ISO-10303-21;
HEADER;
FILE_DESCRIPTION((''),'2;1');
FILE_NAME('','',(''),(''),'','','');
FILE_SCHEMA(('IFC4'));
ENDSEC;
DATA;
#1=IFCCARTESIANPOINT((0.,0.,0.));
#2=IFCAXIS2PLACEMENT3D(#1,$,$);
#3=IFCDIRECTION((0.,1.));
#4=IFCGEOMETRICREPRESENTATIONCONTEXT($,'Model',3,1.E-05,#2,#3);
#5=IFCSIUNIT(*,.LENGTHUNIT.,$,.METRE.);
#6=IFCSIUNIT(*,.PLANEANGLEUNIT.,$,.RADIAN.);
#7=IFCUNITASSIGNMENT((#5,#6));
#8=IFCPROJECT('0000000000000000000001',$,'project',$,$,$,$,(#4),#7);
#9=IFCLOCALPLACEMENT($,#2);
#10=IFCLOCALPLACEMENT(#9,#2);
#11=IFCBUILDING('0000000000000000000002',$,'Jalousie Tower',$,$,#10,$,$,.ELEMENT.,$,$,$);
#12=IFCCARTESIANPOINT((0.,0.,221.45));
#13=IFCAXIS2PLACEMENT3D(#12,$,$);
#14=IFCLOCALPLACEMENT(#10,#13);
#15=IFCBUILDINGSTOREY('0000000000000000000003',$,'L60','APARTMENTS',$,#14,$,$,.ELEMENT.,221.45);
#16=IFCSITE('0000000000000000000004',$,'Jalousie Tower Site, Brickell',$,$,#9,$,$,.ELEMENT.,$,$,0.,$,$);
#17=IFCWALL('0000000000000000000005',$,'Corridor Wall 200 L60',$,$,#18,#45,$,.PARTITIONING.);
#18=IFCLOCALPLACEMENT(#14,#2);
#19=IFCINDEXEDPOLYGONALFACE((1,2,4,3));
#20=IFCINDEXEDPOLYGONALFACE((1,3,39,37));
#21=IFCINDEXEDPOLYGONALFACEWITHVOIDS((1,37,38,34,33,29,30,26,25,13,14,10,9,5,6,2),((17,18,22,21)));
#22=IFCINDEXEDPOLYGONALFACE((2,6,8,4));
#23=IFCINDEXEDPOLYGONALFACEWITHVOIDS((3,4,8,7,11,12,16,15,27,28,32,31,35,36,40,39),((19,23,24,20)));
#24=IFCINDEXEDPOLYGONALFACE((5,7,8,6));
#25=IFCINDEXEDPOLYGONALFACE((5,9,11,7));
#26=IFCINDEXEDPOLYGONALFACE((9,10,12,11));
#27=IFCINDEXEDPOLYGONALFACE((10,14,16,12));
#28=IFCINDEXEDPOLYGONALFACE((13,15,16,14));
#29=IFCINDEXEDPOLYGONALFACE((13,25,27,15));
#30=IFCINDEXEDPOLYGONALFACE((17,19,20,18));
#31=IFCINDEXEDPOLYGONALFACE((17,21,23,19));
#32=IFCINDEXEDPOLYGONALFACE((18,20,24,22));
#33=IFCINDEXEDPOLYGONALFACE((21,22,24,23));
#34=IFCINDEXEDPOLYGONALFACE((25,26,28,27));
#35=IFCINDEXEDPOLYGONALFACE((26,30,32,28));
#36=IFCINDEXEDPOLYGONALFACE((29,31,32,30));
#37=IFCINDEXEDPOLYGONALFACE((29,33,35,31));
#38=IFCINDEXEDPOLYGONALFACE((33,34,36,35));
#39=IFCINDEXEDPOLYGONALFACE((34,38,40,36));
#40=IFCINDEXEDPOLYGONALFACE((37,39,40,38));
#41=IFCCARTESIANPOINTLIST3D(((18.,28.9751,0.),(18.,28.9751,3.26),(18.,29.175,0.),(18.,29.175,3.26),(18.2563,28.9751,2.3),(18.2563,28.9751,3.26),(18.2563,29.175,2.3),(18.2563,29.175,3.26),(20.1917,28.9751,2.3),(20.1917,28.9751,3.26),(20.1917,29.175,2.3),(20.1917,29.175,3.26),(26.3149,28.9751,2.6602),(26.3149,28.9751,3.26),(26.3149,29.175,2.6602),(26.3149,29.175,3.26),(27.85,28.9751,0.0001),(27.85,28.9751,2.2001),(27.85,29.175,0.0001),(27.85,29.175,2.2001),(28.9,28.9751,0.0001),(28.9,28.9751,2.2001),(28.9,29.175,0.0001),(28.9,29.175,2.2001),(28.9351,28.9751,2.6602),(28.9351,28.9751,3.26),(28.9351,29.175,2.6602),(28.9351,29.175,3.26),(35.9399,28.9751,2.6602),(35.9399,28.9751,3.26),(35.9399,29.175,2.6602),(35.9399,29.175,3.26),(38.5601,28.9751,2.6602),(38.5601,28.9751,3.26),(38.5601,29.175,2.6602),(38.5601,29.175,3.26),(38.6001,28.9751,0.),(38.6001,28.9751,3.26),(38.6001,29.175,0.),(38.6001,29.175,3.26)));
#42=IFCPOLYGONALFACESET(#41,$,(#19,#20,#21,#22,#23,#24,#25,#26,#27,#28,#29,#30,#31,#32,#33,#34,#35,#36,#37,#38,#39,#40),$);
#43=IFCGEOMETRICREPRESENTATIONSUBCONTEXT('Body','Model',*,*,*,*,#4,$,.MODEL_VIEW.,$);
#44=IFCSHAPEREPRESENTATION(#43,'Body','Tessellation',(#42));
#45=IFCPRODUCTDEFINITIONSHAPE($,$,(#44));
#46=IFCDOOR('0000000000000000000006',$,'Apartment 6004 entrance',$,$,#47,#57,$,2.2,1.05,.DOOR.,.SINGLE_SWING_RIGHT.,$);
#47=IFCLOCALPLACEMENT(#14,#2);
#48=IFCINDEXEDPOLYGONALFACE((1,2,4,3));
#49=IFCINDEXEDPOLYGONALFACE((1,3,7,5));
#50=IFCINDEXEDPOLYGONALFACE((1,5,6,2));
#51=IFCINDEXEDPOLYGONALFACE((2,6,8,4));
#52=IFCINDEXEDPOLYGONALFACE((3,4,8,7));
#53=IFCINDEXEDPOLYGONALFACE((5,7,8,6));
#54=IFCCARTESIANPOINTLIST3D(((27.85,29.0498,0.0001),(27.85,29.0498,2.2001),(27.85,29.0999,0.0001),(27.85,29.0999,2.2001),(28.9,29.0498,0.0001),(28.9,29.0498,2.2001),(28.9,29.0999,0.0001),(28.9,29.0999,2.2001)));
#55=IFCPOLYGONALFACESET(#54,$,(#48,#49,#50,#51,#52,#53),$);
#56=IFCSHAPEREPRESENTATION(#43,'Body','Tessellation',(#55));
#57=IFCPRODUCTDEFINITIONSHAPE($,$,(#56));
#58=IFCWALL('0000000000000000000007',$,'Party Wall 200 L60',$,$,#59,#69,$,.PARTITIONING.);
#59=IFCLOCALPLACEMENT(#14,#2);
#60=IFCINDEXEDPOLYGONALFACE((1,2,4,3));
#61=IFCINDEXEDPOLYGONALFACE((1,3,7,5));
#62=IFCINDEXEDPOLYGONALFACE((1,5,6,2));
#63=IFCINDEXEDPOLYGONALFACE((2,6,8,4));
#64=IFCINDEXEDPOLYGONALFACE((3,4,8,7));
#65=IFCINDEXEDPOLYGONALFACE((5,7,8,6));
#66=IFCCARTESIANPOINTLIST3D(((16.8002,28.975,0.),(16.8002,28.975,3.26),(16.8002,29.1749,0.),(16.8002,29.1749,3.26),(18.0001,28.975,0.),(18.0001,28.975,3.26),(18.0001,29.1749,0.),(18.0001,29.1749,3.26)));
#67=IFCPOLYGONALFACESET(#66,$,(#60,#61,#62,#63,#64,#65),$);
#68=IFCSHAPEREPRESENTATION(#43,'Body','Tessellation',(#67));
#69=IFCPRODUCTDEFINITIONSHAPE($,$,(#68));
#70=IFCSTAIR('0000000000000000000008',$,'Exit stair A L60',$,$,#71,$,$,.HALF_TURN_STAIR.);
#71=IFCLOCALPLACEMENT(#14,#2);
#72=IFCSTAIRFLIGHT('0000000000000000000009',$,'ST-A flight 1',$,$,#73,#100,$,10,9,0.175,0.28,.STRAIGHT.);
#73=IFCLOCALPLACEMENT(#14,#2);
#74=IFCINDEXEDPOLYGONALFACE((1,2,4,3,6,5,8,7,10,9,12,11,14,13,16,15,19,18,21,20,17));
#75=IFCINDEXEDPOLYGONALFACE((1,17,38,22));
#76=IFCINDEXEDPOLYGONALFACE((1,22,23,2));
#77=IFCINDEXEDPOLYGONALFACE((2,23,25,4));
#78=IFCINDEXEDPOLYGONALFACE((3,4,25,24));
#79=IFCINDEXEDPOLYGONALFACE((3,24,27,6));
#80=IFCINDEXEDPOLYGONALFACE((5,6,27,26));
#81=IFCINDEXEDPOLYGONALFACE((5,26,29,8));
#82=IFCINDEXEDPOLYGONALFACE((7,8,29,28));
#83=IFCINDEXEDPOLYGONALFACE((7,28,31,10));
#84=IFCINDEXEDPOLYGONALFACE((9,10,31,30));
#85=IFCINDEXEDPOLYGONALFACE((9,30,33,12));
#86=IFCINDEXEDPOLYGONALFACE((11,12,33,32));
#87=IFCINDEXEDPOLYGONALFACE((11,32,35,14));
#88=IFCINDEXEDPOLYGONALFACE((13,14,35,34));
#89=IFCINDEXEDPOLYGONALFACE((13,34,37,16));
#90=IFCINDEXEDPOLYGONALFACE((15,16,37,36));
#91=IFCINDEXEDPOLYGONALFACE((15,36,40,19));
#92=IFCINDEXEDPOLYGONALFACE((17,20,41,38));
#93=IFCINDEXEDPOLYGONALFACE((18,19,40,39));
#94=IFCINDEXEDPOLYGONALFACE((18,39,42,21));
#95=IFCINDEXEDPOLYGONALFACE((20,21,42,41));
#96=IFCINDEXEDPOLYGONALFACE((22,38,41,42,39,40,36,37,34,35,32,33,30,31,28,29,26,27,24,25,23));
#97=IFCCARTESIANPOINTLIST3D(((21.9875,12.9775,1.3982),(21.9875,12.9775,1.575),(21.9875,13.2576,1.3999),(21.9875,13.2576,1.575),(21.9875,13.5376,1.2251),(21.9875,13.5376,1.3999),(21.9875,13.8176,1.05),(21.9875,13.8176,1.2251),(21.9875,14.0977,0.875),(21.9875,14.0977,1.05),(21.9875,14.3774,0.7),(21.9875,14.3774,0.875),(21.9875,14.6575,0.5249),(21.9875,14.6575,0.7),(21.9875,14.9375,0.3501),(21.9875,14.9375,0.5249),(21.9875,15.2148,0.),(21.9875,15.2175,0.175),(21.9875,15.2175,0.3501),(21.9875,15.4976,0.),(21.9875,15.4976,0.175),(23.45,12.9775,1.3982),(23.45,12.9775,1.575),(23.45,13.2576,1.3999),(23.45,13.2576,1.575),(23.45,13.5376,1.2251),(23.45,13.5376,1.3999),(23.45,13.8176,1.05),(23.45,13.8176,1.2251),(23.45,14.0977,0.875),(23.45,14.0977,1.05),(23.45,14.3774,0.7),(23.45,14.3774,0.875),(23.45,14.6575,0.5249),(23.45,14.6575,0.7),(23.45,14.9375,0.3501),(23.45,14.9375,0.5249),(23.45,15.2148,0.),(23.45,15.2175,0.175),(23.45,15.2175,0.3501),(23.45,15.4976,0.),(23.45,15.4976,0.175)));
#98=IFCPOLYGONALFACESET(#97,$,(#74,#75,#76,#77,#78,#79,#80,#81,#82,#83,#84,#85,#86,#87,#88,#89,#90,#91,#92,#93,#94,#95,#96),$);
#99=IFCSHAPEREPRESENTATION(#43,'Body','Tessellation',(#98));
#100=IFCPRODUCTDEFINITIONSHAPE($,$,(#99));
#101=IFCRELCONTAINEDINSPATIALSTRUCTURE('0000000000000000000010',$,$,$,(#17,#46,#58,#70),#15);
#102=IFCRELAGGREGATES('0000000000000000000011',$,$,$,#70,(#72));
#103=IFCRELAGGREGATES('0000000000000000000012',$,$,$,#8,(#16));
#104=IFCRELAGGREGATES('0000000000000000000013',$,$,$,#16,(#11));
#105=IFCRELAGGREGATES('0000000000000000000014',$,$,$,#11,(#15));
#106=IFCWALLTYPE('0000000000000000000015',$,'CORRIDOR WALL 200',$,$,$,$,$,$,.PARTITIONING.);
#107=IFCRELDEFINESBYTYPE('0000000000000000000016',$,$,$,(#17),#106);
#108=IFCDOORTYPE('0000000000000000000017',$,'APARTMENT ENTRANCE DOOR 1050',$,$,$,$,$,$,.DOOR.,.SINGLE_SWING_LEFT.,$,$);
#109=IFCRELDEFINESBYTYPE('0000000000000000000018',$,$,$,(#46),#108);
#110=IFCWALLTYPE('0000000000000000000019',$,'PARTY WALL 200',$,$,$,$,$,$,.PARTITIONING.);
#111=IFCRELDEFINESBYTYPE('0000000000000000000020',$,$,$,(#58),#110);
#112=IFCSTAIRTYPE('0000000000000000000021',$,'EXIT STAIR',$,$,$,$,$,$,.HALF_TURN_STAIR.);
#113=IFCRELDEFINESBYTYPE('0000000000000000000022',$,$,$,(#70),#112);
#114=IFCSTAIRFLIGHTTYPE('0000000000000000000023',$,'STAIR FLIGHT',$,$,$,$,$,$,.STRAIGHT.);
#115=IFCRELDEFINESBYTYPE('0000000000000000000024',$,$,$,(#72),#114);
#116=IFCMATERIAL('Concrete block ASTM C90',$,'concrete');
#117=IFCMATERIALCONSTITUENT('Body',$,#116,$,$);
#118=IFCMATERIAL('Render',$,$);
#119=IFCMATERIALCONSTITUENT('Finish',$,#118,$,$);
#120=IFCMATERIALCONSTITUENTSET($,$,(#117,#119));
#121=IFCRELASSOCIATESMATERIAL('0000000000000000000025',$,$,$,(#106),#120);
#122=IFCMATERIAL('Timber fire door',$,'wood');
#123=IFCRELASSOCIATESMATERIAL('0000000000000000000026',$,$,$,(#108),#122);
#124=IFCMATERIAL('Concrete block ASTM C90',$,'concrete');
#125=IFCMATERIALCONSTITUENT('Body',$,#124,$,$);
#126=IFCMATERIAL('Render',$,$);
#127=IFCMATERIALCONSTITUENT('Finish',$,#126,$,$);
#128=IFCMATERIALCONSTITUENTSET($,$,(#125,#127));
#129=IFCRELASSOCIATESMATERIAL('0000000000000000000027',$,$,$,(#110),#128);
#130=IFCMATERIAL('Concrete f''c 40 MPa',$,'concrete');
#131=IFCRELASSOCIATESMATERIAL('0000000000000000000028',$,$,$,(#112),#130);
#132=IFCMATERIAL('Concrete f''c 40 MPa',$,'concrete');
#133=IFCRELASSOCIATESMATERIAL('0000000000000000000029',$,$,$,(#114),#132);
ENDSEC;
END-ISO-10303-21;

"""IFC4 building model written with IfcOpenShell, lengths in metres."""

from ifc_helpers import new_model, si_unit, direction, frame, frame_2d, origin, place, context, subcontext, project, spatial, polyline, rectangle, outline, extrude, material, constituent, constituent_set, type_object, element, fill, aggregate, save


model = new_model("IFC4")

# Units and contexts
model_context = context("Model", 3, precision=1e-05, world=origin(), true_north=direction((0.0, 1.0)))
body_context = subcontext(model_context, "Body", "Model", "MODEL_VIEW")
ifc_project = project(units=[si_unit("LENGTHUNIT", "METRE"), si_unit("PLANEANGLEUNIT", "RADIAN")], contexts=[model_context])

# Site, building, storey
site_placement = place(None, origin())
site = spatial("IfcSite", under=ifc_project, at=site_placement, Name="Jalousie Tower Site, Brickell", CompositionType="ELEMENT", RefElevation=0.0)
building_placement = place(site_placement, origin())
building = spatial("IfcBuilding", under=site, at=building_placement, Name="Jalousie Tower", CompositionType="ELEMENT")
storey_placement = place(building_placement, frame((0.0, 0.0, 221.45)))
storey = spatial("IfcBuildingStorey", under=building, at=storey_placement, Name="L60", Description="APARTMENTS", CompositionType="ELEMENT", Elevation=221.45)

# Wall, opening, door
ifc_material_1 = material(Name="Concrete block ASTM C90", Category="concrete")
ifc_constituent_1 = constituent(ifc_material_1, Name="Body")
ifc_material_2 = material(Name="Render")
ifc_constituent_2 = constituent(ifc_material_2, Name="Finish")
ifc_constituent_set_1 = constituent_set(constituents=[ifc_constituent_1, ifc_constituent_2])
wall_type_1 = type_object("IfcWallType", Name="CORRIDOR WALL 200", PredefinedType="PARTITIONING", material=ifc_constituent_set_1)
wall_1_placement = place(storey_placement, frame((18.0, 29.075, 0.0), z_axis=(0.0, 0.0, 1.0), x_axis=(1.0, 0.0, 0.0)))
wall_1 = element("IfcWall", 1, at=wall_1_placement, inside=storey, type_object=wall_type_1, Name="Corridor Wall 200 L60", PredefinedType="PARTITIONING", context=body_context, shape_type="SweptSolid", body=[
    extrude(outline(polyline([(0.0, 0.0), (20.6001, 0.0), (20.6001, 3.26), (20.5601, 3.26), (20.5601, 2.6602), (17.9399, 2.6602), (17.9399, 3.26), (10.9351, 3.26), (10.9351, 2.6602), (8.3149, 2.6602), (8.3149, 3.26), (2.1917, 3.26), (2.1917, 2.3), (0.2563, 2.3), (0.2563, 3.26), (0.0, 3.26), (0.0, 0.0)])), frame((0.0, 0.1001, 0.0), z_axis=(0.0, -1.0, 0.0), x_axis=(1.0, 0.0, 0.0)), (0.0, 0.0, 1.0), 0.2),
])
opening_1_placement = place(wall_1_placement, frame((9.8501, 0.0, 0.0)))
opening_1 = element("IfcOpeningElement", 2, at=opening_1_placement, cuts=wall_1, PredefinedType="OPENING", context=body_context, shape_type="SweptSolid", body=[
    extrude(rectangle(XDim=1.05, YDim=2.2, at=frame_2d((0.5249, 1.1001))), frame((0.0, 0.1099, 0.0), z_axis=(0.0, -1.0, 0.0), x_axis=(1.0, 0.0, 0.0)), (0.0, 0.0, 1.0), 0.22),
])
ifc_material_3 = material(Name="Timber fire door", Category="wood")
door_type_1 = type_object("IfcDoorType", Name="APARTMENT ENTRANCE DOOR 1050", OperationType="SINGLE_SWING_LEFT", PredefinedType="DOOR", material=ifc_material_3)
door_1_placement = place(opening_1_placement, origin())
door_1 = element("IfcDoor", 3, at=door_1_placement, inside=storey, type_object=door_type_1, Name="Apartment 6004 entrance", OperationType="SINGLE_SWING_RIGHT", OverallHeight=2.2, OverallWidth=1.05, PredefinedType="DOOR", context=body_context, shape_type="SweptSolid", body=[
    extrude(rectangle(XDim=1.05, YDim=2.2, at=frame_2d((0.5249, 1.1001))), frame((0.0, 0.0249, 0.0), z_axis=(0.0, -1.0, 0.0), x_axis=(1.0, 0.0, 0.0)), (0.0, 0.0, 1.0), 0.05),
])
fill(opening_1, door_1)

# Wall
ifc_material_4 = material(Name="Concrete block ASTM C90", Category="concrete")
ifc_constituent_3 = constituent(ifc_material_4, Name="Body")
ifc_material_5 = material(Name="Render")
ifc_constituent_4 = constituent(ifc_material_5, Name="Finish")
ifc_constituent_set_2 = constituent_set(constituents=[ifc_constituent_3, ifc_constituent_4])
wall_type_2 = type_object("IfcWallType", Name="PARTY WALL 200", PredefinedType="PARTITIONING", material=ifc_constituent_set_2)
wall_2_placement = place(storey_placement, frame((16.8, 29.075, 0.0), z_axis=(0.0, 0.0, 1.0), x_axis=(1.0, 0.0, 0.0)))
element("IfcWall", 4, at=wall_2_placement, inside=storey, type_object=wall_type_2, Name="Party Wall 200 L60", PredefinedType="PARTITIONING", context=body_context, shape_type="SweptSolid", body=[
    extrude(rectangle(XDim=1.2, YDim=0.2, at=frame_2d((0.6001, 0.0))), origin(), (0.0, 0.0, 1.0), 3.26),
])

# Stair, stair flight
ifc_material_6 = material(Name="Concrete f'c 40 MPa", Category="concrete")
stair_type = type_object("IfcStairType", Name="EXIT STAIR", PredefinedType="HALF_TURN_STAIR", material=ifc_material_6)
stair_placement = place(storey_placement, origin())
stair = element("IfcStair", 5, at=stair_placement, inside=storey, type_object=stair_type, Name="Exit stair A L60", PredefinedType="HALF_TURN_STAIR")
ifc_material_7 = material(Name="Concrete f'c 40 MPa", Category="concrete")
stair_flight_type = type_object("IfcStairFlightType", Name="STAIR FLIGHT", PredefinedType="STRAIGHT", material=ifc_material_7)
stair_flight_placement = place(storey_placement, frame((22.7188, 15.4976, 0.0), z_axis=(0.0, 0.0, 1.0), x_axis=(0.0, -1.0, 0.0)))
stair_flight = element("IfcStairFlight", 6, at=stair_flight_placement, type_object=stair_flight_type, Name="ST-A flight 1", NumberOfRisers=10, NumberOfTreads=9, PredefinedType="STRAIGHT", RiserHeight=0.175, TreadLength=0.28, context=body_context, shape_type="SweptSolid", body=[
    extrude(outline(polyline([(0.0, 0.0), (0.0, 0.175), (0.28, 0.175), (0.28, 0.3501), (0.5601, 0.3501), (0.5601, 0.5249), (0.8401, 0.5249), (0.8401, 0.7), (1.1201, 0.7), (1.1201, 0.875), (1.3999, 0.875), (1.3999, 1.05), (1.6799, 1.05), (1.6799, 1.2251), (1.96, 1.2251), (1.96, 1.3999), (2.24, 1.3999), (2.24, 1.575), (2.52, 1.575), (2.52, 1.75), (2.52, 1.3982), (0.2827, 0.0), (0.0, 0.0)])), frame((0.0, 0.7312, 0.0), z_axis=(0.0, -1.0, 0.0), x_axis=(1.0, 0.0, 0.0)), (0.0, 0.0, 1.0), 1.4624),
])
aggregate(stair, [stair_flight])

save(model, "model.ifc")
